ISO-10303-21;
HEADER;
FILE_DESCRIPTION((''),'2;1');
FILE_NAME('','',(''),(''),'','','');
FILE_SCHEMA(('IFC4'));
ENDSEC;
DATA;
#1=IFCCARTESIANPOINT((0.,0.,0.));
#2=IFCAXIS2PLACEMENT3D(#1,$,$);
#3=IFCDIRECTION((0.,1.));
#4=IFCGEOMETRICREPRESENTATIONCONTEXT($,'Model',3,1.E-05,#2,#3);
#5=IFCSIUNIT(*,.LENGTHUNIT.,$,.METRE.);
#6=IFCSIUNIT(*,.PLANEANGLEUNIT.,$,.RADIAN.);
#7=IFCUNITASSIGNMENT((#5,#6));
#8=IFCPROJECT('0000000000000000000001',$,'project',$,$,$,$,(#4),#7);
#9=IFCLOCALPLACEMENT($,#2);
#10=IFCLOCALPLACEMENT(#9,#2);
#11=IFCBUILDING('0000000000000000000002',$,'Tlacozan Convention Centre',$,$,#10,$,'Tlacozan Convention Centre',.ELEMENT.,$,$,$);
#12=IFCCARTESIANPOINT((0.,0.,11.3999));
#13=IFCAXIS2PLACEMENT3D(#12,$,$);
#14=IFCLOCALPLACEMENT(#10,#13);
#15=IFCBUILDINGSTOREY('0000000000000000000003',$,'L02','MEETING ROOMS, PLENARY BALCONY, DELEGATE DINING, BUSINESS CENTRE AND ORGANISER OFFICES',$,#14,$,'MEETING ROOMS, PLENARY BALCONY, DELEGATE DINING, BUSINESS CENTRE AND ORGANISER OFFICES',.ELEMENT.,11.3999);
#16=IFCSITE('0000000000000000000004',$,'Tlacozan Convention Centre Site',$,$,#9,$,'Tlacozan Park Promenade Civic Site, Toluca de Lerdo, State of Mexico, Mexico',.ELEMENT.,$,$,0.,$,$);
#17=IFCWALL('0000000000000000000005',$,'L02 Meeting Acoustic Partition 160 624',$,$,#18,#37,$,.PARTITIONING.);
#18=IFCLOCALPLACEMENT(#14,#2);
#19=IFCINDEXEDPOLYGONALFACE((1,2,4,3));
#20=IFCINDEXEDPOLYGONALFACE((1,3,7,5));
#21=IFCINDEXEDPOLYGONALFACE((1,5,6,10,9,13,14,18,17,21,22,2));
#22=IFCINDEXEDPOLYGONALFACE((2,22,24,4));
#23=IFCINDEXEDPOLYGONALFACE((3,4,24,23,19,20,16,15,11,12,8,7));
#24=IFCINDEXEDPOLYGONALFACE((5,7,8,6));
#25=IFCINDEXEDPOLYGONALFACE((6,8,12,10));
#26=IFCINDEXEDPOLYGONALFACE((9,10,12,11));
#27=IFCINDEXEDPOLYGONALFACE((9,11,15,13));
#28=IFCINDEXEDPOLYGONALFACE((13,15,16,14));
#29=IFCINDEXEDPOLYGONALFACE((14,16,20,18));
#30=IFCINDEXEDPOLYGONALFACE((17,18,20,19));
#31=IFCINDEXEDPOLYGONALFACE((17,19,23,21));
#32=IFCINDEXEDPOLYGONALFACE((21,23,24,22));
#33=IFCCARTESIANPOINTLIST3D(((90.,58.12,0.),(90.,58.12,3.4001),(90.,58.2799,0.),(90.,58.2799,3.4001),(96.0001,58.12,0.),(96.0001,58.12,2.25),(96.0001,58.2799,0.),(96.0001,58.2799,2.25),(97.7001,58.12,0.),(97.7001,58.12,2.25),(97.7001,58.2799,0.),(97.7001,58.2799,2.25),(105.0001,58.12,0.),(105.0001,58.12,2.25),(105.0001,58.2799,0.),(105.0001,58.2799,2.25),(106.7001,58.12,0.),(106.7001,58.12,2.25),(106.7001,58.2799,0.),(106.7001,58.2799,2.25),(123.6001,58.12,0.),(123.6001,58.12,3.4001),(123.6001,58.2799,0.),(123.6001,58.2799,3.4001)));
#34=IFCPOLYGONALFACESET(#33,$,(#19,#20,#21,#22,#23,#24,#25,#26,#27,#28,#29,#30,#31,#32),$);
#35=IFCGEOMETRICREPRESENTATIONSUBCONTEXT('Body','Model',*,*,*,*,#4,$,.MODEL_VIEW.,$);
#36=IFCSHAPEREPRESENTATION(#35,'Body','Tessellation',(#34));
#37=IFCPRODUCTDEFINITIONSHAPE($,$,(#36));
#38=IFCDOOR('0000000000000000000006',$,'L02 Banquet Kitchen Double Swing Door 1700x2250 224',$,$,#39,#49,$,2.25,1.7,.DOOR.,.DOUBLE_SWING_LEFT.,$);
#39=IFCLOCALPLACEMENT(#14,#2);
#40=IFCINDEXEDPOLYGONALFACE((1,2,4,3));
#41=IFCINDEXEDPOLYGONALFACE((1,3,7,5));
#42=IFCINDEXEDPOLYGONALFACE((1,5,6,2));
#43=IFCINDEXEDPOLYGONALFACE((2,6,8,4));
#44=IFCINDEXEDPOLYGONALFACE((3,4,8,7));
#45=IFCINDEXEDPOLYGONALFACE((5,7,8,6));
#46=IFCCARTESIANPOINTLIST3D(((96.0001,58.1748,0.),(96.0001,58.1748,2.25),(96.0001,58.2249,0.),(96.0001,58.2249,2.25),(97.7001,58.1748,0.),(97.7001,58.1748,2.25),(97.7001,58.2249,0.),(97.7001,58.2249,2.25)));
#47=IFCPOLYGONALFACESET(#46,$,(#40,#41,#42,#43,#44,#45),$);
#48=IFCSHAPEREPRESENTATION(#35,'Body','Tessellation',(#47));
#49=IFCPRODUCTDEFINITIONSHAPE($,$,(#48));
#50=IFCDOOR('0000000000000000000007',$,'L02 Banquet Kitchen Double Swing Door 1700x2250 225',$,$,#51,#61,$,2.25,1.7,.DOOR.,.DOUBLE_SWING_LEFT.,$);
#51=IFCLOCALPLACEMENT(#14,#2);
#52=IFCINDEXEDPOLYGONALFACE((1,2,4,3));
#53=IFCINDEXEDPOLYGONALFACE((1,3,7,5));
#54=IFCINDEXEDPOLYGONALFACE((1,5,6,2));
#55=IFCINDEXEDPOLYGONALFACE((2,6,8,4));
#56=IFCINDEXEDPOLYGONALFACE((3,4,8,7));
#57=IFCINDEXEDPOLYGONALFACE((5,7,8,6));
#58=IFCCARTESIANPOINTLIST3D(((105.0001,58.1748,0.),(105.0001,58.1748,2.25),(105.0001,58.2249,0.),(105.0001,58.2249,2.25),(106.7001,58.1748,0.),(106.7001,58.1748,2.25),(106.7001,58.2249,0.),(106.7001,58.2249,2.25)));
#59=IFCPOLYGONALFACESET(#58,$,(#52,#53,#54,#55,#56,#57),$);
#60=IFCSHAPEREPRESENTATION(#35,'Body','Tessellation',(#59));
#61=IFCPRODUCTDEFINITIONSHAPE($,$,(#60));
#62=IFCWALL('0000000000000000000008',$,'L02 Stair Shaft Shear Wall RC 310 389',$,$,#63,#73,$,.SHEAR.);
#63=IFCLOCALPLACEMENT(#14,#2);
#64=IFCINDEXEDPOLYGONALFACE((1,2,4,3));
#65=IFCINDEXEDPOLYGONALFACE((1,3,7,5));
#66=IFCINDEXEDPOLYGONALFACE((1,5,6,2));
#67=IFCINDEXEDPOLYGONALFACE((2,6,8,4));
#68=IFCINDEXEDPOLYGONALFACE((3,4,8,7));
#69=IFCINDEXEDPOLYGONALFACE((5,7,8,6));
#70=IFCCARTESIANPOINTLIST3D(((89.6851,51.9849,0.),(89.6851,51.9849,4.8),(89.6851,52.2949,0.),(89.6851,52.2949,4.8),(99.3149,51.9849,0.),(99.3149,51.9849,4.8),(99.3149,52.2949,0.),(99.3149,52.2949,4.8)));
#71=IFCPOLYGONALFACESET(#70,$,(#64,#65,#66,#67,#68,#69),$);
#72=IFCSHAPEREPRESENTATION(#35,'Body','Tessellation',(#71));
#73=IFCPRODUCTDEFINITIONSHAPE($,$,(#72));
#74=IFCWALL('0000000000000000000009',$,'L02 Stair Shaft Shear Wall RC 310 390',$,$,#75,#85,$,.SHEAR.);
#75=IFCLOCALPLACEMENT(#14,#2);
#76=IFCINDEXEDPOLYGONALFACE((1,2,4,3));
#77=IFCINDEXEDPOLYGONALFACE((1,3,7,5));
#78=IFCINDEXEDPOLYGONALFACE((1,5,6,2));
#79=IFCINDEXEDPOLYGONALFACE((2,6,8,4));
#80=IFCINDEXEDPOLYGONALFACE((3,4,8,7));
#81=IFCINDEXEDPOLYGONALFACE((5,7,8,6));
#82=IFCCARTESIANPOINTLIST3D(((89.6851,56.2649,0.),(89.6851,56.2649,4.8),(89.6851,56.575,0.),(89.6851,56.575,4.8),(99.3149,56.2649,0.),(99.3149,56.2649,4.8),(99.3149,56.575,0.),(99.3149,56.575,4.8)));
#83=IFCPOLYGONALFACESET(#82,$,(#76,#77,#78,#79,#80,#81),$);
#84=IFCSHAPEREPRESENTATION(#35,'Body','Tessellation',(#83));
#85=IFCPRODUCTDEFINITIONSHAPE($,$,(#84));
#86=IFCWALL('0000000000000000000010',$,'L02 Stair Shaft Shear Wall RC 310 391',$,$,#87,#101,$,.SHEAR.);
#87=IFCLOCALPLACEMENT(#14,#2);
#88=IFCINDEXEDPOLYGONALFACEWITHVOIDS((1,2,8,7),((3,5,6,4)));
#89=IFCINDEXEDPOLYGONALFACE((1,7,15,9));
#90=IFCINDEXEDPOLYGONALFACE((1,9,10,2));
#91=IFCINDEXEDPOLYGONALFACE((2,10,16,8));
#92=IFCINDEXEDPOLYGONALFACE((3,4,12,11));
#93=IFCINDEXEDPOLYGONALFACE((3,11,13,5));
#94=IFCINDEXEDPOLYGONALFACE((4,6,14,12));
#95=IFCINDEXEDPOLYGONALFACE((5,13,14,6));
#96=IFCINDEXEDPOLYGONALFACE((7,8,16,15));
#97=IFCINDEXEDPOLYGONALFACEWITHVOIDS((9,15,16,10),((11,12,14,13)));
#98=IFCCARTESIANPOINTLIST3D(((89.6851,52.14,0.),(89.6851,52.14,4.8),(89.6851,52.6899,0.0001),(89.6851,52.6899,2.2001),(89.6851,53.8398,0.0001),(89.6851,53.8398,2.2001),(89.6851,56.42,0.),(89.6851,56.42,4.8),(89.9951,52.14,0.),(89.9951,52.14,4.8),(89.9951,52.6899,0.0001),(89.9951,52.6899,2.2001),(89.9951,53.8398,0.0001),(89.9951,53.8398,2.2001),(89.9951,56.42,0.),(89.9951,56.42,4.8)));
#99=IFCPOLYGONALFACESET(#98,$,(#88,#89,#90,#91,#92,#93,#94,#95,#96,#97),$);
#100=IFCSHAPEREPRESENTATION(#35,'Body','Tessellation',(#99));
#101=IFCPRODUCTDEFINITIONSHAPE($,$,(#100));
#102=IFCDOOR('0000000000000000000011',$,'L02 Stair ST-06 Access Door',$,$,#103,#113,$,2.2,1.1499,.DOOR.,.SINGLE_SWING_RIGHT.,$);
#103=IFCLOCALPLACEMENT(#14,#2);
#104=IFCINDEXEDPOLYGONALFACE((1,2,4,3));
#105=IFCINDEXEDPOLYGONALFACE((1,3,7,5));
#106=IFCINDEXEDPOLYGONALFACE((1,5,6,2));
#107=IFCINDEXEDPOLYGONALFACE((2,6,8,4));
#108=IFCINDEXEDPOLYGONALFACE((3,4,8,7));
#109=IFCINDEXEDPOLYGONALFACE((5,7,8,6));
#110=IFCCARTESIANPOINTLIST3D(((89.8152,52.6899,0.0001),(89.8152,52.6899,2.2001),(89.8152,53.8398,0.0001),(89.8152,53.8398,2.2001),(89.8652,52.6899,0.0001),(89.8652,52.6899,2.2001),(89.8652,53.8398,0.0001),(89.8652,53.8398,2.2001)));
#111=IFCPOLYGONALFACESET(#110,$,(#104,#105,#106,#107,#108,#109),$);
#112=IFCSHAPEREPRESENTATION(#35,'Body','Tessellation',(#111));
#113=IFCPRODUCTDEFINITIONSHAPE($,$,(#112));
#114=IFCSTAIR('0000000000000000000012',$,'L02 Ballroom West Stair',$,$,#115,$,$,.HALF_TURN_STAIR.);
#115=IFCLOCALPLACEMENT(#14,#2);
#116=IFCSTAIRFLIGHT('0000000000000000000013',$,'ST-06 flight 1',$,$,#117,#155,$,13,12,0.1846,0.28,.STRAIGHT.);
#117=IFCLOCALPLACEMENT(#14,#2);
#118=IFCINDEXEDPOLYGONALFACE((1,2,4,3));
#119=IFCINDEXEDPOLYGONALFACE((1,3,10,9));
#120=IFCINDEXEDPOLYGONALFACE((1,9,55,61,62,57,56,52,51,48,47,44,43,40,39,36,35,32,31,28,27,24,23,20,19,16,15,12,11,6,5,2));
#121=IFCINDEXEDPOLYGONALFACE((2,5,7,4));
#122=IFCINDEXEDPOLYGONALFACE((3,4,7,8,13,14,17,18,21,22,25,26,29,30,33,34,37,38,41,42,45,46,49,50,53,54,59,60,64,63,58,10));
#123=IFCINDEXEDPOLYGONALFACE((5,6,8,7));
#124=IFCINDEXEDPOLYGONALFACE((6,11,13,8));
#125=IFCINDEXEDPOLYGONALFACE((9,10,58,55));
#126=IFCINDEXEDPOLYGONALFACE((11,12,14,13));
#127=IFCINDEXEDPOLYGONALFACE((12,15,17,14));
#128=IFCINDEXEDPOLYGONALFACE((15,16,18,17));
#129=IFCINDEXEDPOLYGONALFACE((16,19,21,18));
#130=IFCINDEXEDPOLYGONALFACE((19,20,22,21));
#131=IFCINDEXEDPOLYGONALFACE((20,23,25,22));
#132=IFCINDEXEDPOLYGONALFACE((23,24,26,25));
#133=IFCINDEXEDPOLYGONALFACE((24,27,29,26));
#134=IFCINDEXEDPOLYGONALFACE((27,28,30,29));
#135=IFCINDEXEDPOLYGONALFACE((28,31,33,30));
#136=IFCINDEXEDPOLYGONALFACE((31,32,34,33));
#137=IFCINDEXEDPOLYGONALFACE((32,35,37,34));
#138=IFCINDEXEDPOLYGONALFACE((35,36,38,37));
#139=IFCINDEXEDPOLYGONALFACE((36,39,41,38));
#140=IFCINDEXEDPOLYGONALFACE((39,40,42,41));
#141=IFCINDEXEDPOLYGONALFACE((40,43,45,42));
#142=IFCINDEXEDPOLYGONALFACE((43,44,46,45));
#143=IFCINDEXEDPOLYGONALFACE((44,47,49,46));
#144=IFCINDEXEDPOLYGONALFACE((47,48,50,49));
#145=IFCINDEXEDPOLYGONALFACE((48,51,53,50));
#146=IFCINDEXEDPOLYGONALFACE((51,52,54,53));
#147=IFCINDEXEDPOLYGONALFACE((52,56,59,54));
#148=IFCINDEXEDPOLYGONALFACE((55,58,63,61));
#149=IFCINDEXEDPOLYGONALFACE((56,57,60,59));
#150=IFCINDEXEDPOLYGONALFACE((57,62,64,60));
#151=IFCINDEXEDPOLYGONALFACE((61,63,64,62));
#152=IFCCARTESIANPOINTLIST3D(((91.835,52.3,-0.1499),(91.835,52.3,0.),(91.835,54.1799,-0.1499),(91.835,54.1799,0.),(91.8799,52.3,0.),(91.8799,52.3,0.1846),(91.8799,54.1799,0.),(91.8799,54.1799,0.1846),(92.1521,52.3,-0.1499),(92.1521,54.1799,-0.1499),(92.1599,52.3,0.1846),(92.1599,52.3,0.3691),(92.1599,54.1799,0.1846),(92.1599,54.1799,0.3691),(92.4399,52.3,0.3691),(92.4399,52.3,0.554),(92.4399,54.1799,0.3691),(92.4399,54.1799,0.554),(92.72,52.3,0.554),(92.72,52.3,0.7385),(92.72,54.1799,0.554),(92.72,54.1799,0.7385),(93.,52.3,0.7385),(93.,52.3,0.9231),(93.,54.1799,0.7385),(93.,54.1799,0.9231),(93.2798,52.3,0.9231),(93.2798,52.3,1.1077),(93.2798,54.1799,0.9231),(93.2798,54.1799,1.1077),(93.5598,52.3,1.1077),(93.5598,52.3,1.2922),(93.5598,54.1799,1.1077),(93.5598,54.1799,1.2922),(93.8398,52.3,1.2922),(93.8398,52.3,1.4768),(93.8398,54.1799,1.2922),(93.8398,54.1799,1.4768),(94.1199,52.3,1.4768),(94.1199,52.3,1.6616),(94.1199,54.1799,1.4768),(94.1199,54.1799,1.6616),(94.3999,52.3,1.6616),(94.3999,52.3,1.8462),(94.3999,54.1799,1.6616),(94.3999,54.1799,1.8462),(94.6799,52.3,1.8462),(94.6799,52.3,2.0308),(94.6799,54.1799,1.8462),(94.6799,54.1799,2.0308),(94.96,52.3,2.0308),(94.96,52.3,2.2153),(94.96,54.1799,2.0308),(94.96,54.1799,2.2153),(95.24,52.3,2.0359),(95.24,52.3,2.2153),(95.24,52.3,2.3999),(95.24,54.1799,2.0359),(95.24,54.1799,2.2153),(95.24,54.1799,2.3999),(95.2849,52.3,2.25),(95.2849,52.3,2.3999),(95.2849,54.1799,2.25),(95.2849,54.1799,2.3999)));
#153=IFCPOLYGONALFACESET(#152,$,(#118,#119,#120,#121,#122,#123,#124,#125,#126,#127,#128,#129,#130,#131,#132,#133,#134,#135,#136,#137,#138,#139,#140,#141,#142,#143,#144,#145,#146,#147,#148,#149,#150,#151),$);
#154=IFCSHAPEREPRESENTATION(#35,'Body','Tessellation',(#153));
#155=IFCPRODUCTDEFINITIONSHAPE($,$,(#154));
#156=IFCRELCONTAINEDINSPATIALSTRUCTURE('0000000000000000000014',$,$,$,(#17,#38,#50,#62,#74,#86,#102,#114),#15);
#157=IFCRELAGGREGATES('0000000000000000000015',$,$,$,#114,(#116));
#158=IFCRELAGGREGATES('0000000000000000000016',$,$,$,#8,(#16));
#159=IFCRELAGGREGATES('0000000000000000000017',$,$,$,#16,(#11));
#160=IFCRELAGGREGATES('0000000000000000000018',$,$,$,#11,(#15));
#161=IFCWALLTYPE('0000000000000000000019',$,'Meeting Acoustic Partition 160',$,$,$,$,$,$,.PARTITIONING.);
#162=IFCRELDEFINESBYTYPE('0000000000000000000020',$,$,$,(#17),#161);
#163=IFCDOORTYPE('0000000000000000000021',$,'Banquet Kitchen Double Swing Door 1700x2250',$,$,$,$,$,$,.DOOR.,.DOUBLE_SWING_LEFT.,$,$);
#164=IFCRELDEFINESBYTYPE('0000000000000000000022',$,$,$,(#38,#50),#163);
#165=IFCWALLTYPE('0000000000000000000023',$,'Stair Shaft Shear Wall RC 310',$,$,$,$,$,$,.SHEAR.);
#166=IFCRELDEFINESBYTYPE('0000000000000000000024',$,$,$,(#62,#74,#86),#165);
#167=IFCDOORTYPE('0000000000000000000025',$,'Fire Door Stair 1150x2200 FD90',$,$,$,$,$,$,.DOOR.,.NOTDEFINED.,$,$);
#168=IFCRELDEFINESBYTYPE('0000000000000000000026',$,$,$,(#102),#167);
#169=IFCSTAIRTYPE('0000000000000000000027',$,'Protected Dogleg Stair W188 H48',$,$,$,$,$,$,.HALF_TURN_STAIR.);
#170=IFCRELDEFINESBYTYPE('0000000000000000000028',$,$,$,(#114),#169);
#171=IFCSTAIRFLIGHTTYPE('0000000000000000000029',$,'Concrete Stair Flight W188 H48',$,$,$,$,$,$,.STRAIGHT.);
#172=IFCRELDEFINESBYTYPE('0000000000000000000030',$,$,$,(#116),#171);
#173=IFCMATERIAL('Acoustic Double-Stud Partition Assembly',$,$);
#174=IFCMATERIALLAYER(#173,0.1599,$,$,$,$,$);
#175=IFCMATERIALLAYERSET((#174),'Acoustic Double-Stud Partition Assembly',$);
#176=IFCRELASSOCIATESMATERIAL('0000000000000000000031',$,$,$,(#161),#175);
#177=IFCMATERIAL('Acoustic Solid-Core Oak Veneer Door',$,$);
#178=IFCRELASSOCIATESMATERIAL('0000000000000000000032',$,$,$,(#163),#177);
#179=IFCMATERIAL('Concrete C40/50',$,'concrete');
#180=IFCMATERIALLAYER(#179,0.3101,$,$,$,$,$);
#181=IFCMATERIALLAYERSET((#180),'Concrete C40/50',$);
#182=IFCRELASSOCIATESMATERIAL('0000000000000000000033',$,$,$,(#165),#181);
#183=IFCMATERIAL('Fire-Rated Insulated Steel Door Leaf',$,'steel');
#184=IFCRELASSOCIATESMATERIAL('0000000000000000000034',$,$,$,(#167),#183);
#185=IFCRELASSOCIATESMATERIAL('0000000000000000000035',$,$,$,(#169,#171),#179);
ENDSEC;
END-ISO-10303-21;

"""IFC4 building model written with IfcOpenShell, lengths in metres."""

from ifc_helpers import new_model, si_unit, direction, frame, frame_2d, origin, place, context, subcontext, project, spatial, polyline, rectangle, outline, extrude, material, layer, layer_set, type_object, element, fill, aggregate, save


model = new_model("IFC4")

# Units and contexts
model_context = context("Model", 3, precision=1e-05, world=origin(), true_north=direction((0.0, 1.0)))
body_context = subcontext(model_context, "Body", "Model", "MODEL_VIEW")
ifc_project = project(units=[si_unit("LENGTHUNIT", "METRE"), si_unit("PLANEANGLEUNIT", "RADIAN")], contexts=[model_context])

# Site, building, storey
site_placement = place(None, origin())
site = spatial("IfcSite", under=ifc_project, at=site_placement, Name="Tlacozan Convention Centre Site", LongName="Tlacozan Park Promenade Civic Site, Toluca de Lerdo, State of Mexico, Mexico", CompositionType="ELEMENT", RefElevation=0.0)
building_placement = place(site_placement, origin())
building = spatial("IfcBuilding", under=site, at=building_placement, Name="Tlacozan Convention Centre", LongName="Tlacozan Convention Centre", CompositionType="ELEMENT")
storey_placement = place(building_placement, frame((0.0, 0.0, 11.3999)))
storey = spatial("IfcBuildingStorey", under=building, at=storey_placement, Name="L02", Description="MEETING ROOMS, PLENARY BALCONY, DELEGATE DINING, BUSINESS CENTRE AND ORGANISER OFFICES", LongName="MEETING ROOMS, PLENARY BALCONY, DELEGATE DINING, BUSINESS CENTRE AND ORGANISER OFFICES", CompositionType="ELEMENT", Elevation=11.3999)

# Wall, openings, doors
ifc_material_1 = material(Name="Acoustic Double-Stud Partition Assembly")
ifc_layer_1 = layer(ifc_material_1, 0.1599)
ifc_layer_set_1 = layer_set([ifc_layer_1], Name="Acoustic Double-Stud Partition Assembly")
wall_type_1 = type_object("IfcWallType", Name="Meeting Acoustic Partition 160", PredefinedType="PARTITIONING", material=ifc_layer_set_1)
wall_1_placement = place(storey_placement, frame((90.0, 58.2, 0.0), z_axis=(0.0, 0.0, 1.0), x_axis=(1.0, 0.0, 0.0)))
wall_1 = element("IfcWall", 1, at=wall_1_placement, inside=storey, type_object=wall_type_1, Name="L02 Meeting Acoustic Partition 160 624", PredefinedType="PARTITIONING", context=body_context, shape_type="SweptSolid", body=[
    extrude(rectangle(XDim=33.6001, YDim=0.1599, at=frame_2d((16.8, 0.0))), origin(), (0.0, 0.0, 1.0), 3.4001),
])
opening_1_placement = place(wall_1_placement, frame((6.0, 0.0, 0.0)))
opening_1 = element("IfcOpeningElement", 2, at=opening_1_placement, cuts=wall_1, PredefinedType="OPENING", context=body_context, shape_type="SweptSolid", body=[
    extrude(rectangle(XDim=1.7, YDim=2.25, at=frame_2d((0.8501, 1.125))), frame((0.0, 0.0898, 0.0), z_axis=(0.0, -1.0, 0.0), x_axis=(1.0, 0.0, 0.0)), (0.0, 0.0, 1.0), 0.1799),
])
opening_2_placement = place(wall_1_placement, frame((15.0, 0.0, 0.0)))
opening_2 = element("IfcOpeningElement", 3, at=opening_2_placement, cuts=wall_1, PredefinedType="OPENING", context=body_context, shape_type="SweptSolid", body=[
    extrude(rectangle(XDim=1.7, YDim=2.25, at=frame_2d((0.8501, 1.125))), frame((0.0, 0.0898, 0.0), z_axis=(0.0, -1.0, 0.0), x_axis=(1.0, 0.0, 0.0)), (0.0, 0.0, 1.0), 0.1799),
])
ifc_material_2 = material(Name="Acoustic Solid-Core Oak Veneer Door")
door_type_1 = type_object("IfcDoorType", Name="Banquet Kitchen Double Swing Door 1700x2250", OperationType="DOUBLE_SWING_LEFT", PredefinedType="DOOR", material=ifc_material_2)
door_1_placement = place(opening_1_placement, origin())
door_1 = element("IfcDoor", 4, at=door_1_placement, inside=storey, type_object=door_type_1, Name="L02 Banquet Kitchen Double Swing Door 1700x2250 224", OperationType="DOUBLE_SWING_LEFT", OverallHeight=2.25, OverallWidth=1.7, PredefinedType="DOOR", context=body_context, shape_type="SweptSolid", body=[
    extrude(rectangle(XDim=1.7, YDim=2.25, at=frame_2d((0.8501, 1.125))), frame((0.0, 0.0249, 0.0), z_axis=(0.0, -1.0, 0.0), x_axis=(1.0, 0.0, 0.0)), (0.0, 0.0, 1.0), 0.05),
])
fill(opening_1, door_1)
door_2_placement = place(opening_2_placement, origin())
door_2 = element("IfcDoor", 5, at=door_2_placement, inside=storey, type_object=door_type_1, Name="L02 Banquet Kitchen Double Swing Door 1700x2250 225", OperationType="DOUBLE_SWING_LEFT", OverallHeight=2.25, OverallWidth=1.7, PredefinedType="DOOR", context=body_context, shape_type="SweptSolid", body=[
    extrude(rectangle(XDim=1.7, YDim=2.25, at=frame_2d((0.8501, 1.125))), frame((0.0, 0.0249, 0.0), z_axis=(0.0, -1.0, 0.0), x_axis=(1.0, 0.0, 0.0)), (0.0, 0.0, 1.0), 0.05),
])
fill(opening_2, door_2)

# Walls
ifc_material_3 = material(Name="Concrete C40/50", Category="concrete")
ifc_layer_2 = layer(ifc_material_3, 0.3101)
ifc_layer_set_2 = layer_set([ifc_layer_2], Name="Concrete C40/50")
wall_type_2 = type_object("IfcWallType", Name="Stair Shaft Shear Wall RC 310", PredefinedType="SHEAR", material=ifc_layer_set_2)
for number, where, z_axis, x_axis, name in (
    (6, (89.6851, 52.1399, 0.0), (0.0, 0.0, 1.0), (1.0, 0.0, 0.0), "L02 Stair Shaft Shear Wall RC 310 389"),
    (7, (89.6851, 56.4199, 0.0), (0.0, 0.0, 1.0), (1.0, 0.0, 0.0), "L02 Stair Shaft Shear Wall RC 310 390"),
):
    element("IfcWall", number, at=place(storey_placement, frame(where, z_axis=z_axis, x_axis=x_axis)), inside=storey, type_object=wall_type_2, Name=name, PredefinedType="SHEAR", context=body_context, shape_type="SweptSolid", body=[
        extrude(rectangle(XDim=9.6299, YDim=0.3101, at=frame_2d((4.8149, 0.0))), origin(), (0.0, 0.0, 1.0), 4.8),
    ])

# Wall, opening, door
wall_2_placement = place(storey_placement, frame((89.8401, 52.1399, 0.0), z_axis=(0.0, 0.0, 1.0), x_axis=(0.0, 1.0, 0.0)))
wall_2 = element("IfcWall", 8, at=wall_2_placement, inside=storey, type_object=wall_type_2, Name="L02 Stair Shaft Shear Wall RC 310 391", PredefinedType="SHEAR", context=body_context, shape_type="SweptSolid", body=[
    extrude(rectangle(XDim=4.28, YDim=0.3101, at=frame_2d((2.1401, 0.0))), origin(), (0.0, 0.0, 1.0), 4.8),
])
opening_3_placement = place(wall_2_placement, frame((0.55, 0.0, 0.0)))
opening_3 = element("IfcOpeningElement", 9, at=opening_3_placement, cuts=wall_2, PredefinedType="OPENING", context=body_context, shape_type="SweptSolid", body=[
    extrude(rectangle(XDim=1.1499, YDim=2.2, at=frame_2d((0.575, 1.1001))), frame((0.0, 0.165, 0.0), z_axis=(0.0, -1.0, 0.0), x_axis=(1.0, 0.0, 0.0)), (0.0, 0.0, 1.0), 0.3301),
])
ifc_material_4 = material(Name="Fire-Rated Insulated Steel Door Leaf", Category="steel")
door_type_2 = type_object("IfcDoorType", Name="Fire Door Stair 1150x2200 FD90", OperationType="NOTDEFINED", PredefinedType="DOOR", material=ifc_material_4)
door_3_placement = place(opening_3_placement, origin())
door_3 = element("IfcDoor", 10, at=door_3_placement, inside=storey, type_object=door_type_2, Name="L02 Stair ST-06 Access Door", OperationType="SINGLE_SWING_RIGHT", OverallHeight=2.2, OverallWidth=1.1499, PredefinedType="DOOR", context=body_context, shape_type="SweptSolid", body=[
    extrude(rectangle(XDim=1.1499, YDim=2.2, at=frame_2d((0.575, 1.1001))), frame((0.0, 0.0249, 0.0), z_axis=(0.0, -1.0, 0.0), x_axis=(1.0, 0.0, 0.0)), (0.0, 0.0, 1.0), 0.05),
])
fill(opening_3, door_3)

# Stair, stair flight
stair_type = type_object("IfcStairType", Name="Protected Dogleg Stair W188 H48", PredefinedType="HALF_TURN_STAIR", material=ifc_material_3)
stair_placement = place(storey_placement, origin())
stair = element("IfcStair", 11, at=stair_placement, inside=storey, type_object=stair_type, Name="L02 Ballroom West Stair", PredefinedType="HALF_TURN_STAIR")
stair_flight_type = type_object("IfcStairFlightType", Name="Concrete Stair Flight W188 H48", PredefinedType="STRAIGHT", material=ifc_material_3)
stair_flight_placement = place(storey_placement, frame((91.8799, 53.24, 0.0), z_axis=(0.0, 0.0, 1.0), x_axis=(1.0, 0.0, 0.0)))
stair_flight = element("IfcStairFlight", 12, at=stair_flight_placement, type_object=stair_flight_type, Name="ST-06 flight 1", NumberOfRisers=13, NumberOfTreads=12, PredefinedType="STRAIGHT", RiserHeight=0.1846, TreadLength=0.28, context=body_context, shape_type="SweptSolid", body=[
    extrude(outline(polyline([(-0.0449, -0.1499), (-0.0449, 0.0), (0.0, 0.0), (0.0, 0.1846), (0.28, 0.1846), (0.28, 0.3691), (0.5601, 0.3691), (0.5601, 0.554), (0.8401, 0.554), (0.8401, 0.7385), (1.1201, 0.7385), (1.1201, 0.9231), (1.3999, 0.9231), (1.3999, 1.1077), (1.6799, 1.1077), (1.6799, 1.2922), (1.96, 1.2922), (1.96, 1.4768), (2.24, 1.4768), (2.24, 1.6616), (2.52, 1.6616), (2.52, 1.8462), (2.8, 1.8462), (2.8, 2.0308), (3.0801, 2.0308), (3.0801, 2.2153), (3.3601, 2.2153), (3.3601, 2.3999), (3.405, 2.3999), (3.405, 2.25), (3.3601, 2.0359), (0.2722, -0.1499), (-0.0449, -0.1499)])), frame((0.0, 0.9399, 0.0), z_axis=(0.0, -1.0, 0.0), x_axis=(1.0, 0.0, 0.0)), (0.0, 0.0, 1.0), 1.8799),
])
aggregate(stair, [stair_flight])

save(model, "model.ifc")
